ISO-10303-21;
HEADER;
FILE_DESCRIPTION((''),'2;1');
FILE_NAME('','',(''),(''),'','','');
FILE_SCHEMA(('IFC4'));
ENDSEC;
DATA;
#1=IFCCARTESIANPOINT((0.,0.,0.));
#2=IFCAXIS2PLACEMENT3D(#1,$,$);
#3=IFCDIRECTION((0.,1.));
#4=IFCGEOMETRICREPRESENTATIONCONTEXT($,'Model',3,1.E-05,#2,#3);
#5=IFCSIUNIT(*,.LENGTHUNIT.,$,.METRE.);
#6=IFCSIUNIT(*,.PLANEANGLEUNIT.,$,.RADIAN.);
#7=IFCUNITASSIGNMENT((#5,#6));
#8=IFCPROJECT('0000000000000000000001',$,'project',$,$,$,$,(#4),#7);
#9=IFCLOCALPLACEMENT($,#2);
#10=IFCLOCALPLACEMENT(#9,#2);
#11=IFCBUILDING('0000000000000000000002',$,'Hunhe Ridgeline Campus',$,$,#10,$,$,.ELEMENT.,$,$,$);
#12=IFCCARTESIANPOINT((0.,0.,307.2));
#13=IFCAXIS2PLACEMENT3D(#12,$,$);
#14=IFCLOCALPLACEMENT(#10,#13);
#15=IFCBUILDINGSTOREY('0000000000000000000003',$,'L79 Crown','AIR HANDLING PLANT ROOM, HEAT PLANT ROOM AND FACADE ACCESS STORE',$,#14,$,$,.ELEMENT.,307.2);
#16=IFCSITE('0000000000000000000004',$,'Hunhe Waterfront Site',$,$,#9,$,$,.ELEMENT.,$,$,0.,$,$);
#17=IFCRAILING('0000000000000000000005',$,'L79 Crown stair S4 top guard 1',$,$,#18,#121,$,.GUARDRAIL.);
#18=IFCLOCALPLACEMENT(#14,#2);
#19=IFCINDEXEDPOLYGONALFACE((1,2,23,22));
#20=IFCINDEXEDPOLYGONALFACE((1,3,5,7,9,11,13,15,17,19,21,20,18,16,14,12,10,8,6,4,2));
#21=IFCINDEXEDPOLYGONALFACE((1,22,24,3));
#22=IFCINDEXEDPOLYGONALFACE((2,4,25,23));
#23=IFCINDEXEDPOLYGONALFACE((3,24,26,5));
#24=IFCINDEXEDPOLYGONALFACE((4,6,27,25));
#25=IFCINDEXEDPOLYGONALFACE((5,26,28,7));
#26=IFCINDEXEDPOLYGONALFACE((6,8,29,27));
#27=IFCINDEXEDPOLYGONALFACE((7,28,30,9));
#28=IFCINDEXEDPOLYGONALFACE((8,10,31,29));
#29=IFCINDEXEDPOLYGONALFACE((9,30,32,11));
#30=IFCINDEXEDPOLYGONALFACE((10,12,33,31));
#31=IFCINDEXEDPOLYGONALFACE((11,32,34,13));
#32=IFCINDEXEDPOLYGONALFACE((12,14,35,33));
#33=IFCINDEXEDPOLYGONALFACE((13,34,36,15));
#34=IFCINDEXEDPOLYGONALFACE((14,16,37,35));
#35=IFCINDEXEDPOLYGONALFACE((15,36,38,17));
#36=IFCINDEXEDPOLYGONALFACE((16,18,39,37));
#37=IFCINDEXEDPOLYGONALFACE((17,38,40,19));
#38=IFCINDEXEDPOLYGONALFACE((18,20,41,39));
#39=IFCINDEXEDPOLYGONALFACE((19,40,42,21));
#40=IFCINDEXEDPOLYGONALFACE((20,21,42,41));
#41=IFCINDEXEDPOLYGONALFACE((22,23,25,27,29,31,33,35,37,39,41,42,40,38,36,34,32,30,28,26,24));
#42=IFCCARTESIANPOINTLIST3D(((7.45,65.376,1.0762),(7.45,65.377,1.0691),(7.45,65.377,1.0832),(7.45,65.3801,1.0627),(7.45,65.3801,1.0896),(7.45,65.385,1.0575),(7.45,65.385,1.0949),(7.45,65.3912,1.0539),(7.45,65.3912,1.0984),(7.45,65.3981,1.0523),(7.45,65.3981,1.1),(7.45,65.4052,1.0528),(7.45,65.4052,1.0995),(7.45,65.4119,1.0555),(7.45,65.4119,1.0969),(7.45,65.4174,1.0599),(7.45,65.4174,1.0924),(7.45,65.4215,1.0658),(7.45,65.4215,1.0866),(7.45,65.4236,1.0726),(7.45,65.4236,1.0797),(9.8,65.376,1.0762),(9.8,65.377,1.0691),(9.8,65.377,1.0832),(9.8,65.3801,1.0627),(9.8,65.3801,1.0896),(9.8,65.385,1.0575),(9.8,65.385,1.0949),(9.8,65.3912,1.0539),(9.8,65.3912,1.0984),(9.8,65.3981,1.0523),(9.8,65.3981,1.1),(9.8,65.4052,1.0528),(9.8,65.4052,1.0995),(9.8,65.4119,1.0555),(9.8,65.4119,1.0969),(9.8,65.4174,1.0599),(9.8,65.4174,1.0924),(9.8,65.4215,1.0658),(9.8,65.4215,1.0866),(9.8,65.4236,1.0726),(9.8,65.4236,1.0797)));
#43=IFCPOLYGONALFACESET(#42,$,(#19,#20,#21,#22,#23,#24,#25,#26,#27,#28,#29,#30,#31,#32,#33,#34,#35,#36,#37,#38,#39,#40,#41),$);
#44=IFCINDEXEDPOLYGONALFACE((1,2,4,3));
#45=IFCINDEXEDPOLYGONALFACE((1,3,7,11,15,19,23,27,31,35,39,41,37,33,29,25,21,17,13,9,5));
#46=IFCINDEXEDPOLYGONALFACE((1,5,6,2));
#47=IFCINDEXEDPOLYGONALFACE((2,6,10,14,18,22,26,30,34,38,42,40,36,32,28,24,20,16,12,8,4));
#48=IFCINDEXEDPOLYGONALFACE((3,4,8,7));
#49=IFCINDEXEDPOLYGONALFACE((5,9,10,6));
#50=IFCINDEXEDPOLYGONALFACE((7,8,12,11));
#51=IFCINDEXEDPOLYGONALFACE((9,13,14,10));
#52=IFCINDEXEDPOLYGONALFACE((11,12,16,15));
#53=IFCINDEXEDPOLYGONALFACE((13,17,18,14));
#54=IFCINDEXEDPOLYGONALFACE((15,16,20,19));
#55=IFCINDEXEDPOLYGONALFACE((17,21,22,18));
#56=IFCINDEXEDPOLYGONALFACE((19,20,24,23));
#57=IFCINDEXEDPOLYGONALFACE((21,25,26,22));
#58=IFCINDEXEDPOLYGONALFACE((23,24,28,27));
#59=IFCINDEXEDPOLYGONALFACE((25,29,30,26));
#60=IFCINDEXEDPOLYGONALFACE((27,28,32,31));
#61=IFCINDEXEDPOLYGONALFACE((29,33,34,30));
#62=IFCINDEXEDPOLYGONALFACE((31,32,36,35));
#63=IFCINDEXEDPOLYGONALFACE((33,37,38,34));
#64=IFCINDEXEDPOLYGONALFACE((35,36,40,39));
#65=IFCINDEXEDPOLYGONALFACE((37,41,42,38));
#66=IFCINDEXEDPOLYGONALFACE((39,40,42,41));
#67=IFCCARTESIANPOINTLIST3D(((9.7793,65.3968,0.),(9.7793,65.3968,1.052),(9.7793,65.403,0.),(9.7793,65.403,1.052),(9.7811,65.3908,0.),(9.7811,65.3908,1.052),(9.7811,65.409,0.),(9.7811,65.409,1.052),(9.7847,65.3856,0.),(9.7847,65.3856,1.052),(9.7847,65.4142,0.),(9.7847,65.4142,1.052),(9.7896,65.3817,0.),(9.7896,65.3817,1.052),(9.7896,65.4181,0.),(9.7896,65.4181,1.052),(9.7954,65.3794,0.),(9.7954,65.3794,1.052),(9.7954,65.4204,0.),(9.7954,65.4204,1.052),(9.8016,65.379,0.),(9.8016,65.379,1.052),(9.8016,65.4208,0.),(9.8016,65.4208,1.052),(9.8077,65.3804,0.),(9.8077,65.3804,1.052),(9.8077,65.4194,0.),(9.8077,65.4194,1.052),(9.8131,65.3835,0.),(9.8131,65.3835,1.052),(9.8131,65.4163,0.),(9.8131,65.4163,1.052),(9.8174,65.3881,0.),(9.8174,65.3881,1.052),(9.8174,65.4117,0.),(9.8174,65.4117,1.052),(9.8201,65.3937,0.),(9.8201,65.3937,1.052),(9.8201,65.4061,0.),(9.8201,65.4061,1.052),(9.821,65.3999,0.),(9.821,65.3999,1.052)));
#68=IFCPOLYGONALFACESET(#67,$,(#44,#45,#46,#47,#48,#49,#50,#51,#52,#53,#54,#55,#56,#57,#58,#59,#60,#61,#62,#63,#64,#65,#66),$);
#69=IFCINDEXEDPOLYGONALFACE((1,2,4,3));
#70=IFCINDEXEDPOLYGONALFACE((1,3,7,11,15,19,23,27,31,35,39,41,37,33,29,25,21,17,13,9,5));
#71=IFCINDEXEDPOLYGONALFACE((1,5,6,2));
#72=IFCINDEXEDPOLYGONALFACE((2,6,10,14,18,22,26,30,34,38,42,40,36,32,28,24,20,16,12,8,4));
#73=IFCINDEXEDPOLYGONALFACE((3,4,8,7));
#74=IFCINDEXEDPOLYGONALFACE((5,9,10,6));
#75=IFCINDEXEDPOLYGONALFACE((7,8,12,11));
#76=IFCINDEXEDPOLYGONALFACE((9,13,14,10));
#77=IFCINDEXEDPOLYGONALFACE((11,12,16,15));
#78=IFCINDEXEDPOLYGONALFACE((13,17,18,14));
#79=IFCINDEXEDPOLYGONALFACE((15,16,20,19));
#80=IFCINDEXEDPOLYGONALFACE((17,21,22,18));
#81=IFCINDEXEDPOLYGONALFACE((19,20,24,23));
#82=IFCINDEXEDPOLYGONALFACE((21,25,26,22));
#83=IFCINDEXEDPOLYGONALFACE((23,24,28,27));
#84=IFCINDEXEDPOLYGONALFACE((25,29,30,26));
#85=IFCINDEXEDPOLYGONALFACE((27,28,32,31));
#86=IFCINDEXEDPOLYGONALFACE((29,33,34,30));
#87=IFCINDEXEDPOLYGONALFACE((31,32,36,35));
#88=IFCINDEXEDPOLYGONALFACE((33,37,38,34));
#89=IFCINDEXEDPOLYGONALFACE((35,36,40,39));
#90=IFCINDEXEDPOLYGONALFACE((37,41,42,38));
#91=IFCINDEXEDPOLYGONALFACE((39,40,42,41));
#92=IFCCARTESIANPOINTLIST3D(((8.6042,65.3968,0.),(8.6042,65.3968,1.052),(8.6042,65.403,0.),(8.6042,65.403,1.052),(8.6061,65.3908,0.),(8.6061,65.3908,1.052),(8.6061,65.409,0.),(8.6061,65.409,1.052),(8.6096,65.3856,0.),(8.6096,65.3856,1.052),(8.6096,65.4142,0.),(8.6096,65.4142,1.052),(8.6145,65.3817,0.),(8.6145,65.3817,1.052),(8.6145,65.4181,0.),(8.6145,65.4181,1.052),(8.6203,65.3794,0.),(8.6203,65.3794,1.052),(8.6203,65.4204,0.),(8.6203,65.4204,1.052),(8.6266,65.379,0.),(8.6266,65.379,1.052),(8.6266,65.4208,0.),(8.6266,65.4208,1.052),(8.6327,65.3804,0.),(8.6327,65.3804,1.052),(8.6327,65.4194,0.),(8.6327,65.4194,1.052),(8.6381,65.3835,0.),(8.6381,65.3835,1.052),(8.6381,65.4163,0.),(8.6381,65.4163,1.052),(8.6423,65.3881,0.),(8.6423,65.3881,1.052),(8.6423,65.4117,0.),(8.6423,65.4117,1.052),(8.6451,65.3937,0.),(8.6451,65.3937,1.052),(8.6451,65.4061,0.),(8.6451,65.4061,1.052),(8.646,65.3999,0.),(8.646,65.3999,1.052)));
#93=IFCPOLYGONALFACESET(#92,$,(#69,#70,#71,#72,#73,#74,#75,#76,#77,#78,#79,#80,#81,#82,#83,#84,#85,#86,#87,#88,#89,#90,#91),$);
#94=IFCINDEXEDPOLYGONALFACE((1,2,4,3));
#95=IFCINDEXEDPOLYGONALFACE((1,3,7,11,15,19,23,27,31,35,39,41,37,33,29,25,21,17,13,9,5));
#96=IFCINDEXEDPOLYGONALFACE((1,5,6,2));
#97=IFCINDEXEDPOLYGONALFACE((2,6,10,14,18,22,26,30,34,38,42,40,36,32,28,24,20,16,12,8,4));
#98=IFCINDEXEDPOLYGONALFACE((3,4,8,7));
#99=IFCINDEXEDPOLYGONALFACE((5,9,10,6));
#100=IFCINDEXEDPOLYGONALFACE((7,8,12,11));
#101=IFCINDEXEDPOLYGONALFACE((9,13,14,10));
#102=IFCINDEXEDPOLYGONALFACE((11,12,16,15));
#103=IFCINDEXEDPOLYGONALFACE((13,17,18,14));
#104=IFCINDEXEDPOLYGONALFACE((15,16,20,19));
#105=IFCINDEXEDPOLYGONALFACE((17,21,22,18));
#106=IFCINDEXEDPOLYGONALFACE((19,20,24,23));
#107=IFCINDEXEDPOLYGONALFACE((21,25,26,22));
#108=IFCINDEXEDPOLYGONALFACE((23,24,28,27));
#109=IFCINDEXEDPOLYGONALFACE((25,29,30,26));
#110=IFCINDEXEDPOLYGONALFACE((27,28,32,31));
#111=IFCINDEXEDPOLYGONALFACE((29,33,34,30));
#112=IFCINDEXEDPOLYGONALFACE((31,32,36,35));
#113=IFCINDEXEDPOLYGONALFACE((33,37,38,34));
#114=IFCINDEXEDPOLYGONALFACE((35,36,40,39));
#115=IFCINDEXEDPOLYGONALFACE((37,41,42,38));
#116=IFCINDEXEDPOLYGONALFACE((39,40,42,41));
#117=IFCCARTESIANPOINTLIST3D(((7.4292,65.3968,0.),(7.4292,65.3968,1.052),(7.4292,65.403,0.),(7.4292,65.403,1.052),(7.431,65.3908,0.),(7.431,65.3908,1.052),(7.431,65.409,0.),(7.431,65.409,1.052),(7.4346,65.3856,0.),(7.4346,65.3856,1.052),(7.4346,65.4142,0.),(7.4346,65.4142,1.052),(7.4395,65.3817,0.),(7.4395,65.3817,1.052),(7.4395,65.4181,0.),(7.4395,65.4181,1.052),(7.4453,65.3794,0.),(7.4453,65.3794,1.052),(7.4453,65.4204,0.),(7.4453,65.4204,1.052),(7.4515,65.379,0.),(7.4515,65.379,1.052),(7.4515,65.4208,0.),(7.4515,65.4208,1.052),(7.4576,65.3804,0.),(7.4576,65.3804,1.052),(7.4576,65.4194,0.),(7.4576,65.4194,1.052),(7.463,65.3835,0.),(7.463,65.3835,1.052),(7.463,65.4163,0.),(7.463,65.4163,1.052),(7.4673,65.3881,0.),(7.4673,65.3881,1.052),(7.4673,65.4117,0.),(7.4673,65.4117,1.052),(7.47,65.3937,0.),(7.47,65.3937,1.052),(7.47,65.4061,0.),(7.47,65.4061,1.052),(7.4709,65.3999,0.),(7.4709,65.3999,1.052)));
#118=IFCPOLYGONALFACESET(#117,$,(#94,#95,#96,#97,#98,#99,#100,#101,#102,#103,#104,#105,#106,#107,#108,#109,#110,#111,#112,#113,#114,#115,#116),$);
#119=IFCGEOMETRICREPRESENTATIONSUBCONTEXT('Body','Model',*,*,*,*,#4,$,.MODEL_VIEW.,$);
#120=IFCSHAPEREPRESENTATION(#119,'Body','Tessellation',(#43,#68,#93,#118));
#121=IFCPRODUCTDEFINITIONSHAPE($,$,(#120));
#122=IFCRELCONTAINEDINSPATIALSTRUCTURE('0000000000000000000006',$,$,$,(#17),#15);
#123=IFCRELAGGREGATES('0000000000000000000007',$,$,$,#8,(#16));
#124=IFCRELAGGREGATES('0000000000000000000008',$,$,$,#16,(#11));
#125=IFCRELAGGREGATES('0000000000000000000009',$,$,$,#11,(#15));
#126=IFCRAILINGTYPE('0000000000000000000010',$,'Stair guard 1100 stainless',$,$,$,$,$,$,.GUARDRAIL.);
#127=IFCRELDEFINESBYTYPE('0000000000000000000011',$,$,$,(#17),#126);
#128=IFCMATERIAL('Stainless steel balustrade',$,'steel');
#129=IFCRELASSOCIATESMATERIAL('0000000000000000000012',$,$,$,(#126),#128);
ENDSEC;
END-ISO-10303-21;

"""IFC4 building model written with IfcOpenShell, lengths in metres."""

from ifc_helpers import new_model, si_unit, direction, frame, origin, origin_2d, place, context, subcontext, project, spatial, circle, extrude, material, type_object, element, save


model = new_model("IFC4")

# Units and contexts
model_context = context("Model", 3, precision=1e-05, world=origin(), true_north=direction((0.0, 1.0)))
body_context = subcontext(model_context, "Body", "Model", "MODEL_VIEW")
ifc_project = project(units=[si_unit("LENGTHUNIT", "METRE"), si_unit("PLANEANGLEUNIT", "RADIAN")], contexts=[model_context])

# Site, building, storey
site_placement = place(None, origin())
site = spatial("IfcSite", under=ifc_project, at=site_placement, Name="Hunhe Waterfront Site", CompositionType="ELEMENT", RefElevation=0.0)
building_placement = place(site_placement, origin())
building = spatial("IfcBuilding", under=site, at=building_placement, Name="Hunhe Ridgeline Campus", CompositionType="ELEMENT")
storey_placement = place(building_placement, frame((0.0, 0.0, 307.2)))
storey = spatial("IfcBuildingStorey", under=building, at=storey_placement, Name="L79 Crown", Description="AIR HANDLING PLANT ROOM, HEAT PLANT ROOM AND FACADE ACCESS STORE", CompositionType="ELEMENT", Elevation=307.2)

# Railing
ifc_material_1 = material(Name="Stainless steel balustrade", Category="steel")
railing_type = type_object("IfcRailingType", Name="Stair guard 1100 stainless", PredefinedType="GUARDRAIL", material=ifc_material_1)
railing_1_placement = place(storey_placement, frame((9.8, 65.3999, 0.0)))
element("IfcRailing", 1, at=railing_1_placement, inside=storey, type_object=railing_type, Name="L79 Crown stair S4 top guard 1", PredefinedType="GUARDRAIL", context=body_context, shape_type="SweptSolid", body=[
    extrude(circle(Radius=0.0239, at=origin_2d()), frame((0.0, 0.0, 1.0762), z_axis=(-1.0, 0.0, 0.0), x_axis=(0.0, -1.0, 0.0)), (0.0, 0.0, 1.0), 2.3501),
    extrude(circle(Radius=0.021, at=origin_2d()), origin(), (0.0, 0.0, 1.0), 1.052),
    extrude(circle(Radius=0.021, at=origin_2d()), frame((-1.175, 0.0, 0.0)), (0.0, 0.0, 1.0), 1.052),
    extrude(circle(Radius=0.021, at=origin_2d()), frame((-2.3501, 0.0, 0.0)), (0.0, 0.0, 1.0), 1.052),
])

save(model, "model.ifc")
